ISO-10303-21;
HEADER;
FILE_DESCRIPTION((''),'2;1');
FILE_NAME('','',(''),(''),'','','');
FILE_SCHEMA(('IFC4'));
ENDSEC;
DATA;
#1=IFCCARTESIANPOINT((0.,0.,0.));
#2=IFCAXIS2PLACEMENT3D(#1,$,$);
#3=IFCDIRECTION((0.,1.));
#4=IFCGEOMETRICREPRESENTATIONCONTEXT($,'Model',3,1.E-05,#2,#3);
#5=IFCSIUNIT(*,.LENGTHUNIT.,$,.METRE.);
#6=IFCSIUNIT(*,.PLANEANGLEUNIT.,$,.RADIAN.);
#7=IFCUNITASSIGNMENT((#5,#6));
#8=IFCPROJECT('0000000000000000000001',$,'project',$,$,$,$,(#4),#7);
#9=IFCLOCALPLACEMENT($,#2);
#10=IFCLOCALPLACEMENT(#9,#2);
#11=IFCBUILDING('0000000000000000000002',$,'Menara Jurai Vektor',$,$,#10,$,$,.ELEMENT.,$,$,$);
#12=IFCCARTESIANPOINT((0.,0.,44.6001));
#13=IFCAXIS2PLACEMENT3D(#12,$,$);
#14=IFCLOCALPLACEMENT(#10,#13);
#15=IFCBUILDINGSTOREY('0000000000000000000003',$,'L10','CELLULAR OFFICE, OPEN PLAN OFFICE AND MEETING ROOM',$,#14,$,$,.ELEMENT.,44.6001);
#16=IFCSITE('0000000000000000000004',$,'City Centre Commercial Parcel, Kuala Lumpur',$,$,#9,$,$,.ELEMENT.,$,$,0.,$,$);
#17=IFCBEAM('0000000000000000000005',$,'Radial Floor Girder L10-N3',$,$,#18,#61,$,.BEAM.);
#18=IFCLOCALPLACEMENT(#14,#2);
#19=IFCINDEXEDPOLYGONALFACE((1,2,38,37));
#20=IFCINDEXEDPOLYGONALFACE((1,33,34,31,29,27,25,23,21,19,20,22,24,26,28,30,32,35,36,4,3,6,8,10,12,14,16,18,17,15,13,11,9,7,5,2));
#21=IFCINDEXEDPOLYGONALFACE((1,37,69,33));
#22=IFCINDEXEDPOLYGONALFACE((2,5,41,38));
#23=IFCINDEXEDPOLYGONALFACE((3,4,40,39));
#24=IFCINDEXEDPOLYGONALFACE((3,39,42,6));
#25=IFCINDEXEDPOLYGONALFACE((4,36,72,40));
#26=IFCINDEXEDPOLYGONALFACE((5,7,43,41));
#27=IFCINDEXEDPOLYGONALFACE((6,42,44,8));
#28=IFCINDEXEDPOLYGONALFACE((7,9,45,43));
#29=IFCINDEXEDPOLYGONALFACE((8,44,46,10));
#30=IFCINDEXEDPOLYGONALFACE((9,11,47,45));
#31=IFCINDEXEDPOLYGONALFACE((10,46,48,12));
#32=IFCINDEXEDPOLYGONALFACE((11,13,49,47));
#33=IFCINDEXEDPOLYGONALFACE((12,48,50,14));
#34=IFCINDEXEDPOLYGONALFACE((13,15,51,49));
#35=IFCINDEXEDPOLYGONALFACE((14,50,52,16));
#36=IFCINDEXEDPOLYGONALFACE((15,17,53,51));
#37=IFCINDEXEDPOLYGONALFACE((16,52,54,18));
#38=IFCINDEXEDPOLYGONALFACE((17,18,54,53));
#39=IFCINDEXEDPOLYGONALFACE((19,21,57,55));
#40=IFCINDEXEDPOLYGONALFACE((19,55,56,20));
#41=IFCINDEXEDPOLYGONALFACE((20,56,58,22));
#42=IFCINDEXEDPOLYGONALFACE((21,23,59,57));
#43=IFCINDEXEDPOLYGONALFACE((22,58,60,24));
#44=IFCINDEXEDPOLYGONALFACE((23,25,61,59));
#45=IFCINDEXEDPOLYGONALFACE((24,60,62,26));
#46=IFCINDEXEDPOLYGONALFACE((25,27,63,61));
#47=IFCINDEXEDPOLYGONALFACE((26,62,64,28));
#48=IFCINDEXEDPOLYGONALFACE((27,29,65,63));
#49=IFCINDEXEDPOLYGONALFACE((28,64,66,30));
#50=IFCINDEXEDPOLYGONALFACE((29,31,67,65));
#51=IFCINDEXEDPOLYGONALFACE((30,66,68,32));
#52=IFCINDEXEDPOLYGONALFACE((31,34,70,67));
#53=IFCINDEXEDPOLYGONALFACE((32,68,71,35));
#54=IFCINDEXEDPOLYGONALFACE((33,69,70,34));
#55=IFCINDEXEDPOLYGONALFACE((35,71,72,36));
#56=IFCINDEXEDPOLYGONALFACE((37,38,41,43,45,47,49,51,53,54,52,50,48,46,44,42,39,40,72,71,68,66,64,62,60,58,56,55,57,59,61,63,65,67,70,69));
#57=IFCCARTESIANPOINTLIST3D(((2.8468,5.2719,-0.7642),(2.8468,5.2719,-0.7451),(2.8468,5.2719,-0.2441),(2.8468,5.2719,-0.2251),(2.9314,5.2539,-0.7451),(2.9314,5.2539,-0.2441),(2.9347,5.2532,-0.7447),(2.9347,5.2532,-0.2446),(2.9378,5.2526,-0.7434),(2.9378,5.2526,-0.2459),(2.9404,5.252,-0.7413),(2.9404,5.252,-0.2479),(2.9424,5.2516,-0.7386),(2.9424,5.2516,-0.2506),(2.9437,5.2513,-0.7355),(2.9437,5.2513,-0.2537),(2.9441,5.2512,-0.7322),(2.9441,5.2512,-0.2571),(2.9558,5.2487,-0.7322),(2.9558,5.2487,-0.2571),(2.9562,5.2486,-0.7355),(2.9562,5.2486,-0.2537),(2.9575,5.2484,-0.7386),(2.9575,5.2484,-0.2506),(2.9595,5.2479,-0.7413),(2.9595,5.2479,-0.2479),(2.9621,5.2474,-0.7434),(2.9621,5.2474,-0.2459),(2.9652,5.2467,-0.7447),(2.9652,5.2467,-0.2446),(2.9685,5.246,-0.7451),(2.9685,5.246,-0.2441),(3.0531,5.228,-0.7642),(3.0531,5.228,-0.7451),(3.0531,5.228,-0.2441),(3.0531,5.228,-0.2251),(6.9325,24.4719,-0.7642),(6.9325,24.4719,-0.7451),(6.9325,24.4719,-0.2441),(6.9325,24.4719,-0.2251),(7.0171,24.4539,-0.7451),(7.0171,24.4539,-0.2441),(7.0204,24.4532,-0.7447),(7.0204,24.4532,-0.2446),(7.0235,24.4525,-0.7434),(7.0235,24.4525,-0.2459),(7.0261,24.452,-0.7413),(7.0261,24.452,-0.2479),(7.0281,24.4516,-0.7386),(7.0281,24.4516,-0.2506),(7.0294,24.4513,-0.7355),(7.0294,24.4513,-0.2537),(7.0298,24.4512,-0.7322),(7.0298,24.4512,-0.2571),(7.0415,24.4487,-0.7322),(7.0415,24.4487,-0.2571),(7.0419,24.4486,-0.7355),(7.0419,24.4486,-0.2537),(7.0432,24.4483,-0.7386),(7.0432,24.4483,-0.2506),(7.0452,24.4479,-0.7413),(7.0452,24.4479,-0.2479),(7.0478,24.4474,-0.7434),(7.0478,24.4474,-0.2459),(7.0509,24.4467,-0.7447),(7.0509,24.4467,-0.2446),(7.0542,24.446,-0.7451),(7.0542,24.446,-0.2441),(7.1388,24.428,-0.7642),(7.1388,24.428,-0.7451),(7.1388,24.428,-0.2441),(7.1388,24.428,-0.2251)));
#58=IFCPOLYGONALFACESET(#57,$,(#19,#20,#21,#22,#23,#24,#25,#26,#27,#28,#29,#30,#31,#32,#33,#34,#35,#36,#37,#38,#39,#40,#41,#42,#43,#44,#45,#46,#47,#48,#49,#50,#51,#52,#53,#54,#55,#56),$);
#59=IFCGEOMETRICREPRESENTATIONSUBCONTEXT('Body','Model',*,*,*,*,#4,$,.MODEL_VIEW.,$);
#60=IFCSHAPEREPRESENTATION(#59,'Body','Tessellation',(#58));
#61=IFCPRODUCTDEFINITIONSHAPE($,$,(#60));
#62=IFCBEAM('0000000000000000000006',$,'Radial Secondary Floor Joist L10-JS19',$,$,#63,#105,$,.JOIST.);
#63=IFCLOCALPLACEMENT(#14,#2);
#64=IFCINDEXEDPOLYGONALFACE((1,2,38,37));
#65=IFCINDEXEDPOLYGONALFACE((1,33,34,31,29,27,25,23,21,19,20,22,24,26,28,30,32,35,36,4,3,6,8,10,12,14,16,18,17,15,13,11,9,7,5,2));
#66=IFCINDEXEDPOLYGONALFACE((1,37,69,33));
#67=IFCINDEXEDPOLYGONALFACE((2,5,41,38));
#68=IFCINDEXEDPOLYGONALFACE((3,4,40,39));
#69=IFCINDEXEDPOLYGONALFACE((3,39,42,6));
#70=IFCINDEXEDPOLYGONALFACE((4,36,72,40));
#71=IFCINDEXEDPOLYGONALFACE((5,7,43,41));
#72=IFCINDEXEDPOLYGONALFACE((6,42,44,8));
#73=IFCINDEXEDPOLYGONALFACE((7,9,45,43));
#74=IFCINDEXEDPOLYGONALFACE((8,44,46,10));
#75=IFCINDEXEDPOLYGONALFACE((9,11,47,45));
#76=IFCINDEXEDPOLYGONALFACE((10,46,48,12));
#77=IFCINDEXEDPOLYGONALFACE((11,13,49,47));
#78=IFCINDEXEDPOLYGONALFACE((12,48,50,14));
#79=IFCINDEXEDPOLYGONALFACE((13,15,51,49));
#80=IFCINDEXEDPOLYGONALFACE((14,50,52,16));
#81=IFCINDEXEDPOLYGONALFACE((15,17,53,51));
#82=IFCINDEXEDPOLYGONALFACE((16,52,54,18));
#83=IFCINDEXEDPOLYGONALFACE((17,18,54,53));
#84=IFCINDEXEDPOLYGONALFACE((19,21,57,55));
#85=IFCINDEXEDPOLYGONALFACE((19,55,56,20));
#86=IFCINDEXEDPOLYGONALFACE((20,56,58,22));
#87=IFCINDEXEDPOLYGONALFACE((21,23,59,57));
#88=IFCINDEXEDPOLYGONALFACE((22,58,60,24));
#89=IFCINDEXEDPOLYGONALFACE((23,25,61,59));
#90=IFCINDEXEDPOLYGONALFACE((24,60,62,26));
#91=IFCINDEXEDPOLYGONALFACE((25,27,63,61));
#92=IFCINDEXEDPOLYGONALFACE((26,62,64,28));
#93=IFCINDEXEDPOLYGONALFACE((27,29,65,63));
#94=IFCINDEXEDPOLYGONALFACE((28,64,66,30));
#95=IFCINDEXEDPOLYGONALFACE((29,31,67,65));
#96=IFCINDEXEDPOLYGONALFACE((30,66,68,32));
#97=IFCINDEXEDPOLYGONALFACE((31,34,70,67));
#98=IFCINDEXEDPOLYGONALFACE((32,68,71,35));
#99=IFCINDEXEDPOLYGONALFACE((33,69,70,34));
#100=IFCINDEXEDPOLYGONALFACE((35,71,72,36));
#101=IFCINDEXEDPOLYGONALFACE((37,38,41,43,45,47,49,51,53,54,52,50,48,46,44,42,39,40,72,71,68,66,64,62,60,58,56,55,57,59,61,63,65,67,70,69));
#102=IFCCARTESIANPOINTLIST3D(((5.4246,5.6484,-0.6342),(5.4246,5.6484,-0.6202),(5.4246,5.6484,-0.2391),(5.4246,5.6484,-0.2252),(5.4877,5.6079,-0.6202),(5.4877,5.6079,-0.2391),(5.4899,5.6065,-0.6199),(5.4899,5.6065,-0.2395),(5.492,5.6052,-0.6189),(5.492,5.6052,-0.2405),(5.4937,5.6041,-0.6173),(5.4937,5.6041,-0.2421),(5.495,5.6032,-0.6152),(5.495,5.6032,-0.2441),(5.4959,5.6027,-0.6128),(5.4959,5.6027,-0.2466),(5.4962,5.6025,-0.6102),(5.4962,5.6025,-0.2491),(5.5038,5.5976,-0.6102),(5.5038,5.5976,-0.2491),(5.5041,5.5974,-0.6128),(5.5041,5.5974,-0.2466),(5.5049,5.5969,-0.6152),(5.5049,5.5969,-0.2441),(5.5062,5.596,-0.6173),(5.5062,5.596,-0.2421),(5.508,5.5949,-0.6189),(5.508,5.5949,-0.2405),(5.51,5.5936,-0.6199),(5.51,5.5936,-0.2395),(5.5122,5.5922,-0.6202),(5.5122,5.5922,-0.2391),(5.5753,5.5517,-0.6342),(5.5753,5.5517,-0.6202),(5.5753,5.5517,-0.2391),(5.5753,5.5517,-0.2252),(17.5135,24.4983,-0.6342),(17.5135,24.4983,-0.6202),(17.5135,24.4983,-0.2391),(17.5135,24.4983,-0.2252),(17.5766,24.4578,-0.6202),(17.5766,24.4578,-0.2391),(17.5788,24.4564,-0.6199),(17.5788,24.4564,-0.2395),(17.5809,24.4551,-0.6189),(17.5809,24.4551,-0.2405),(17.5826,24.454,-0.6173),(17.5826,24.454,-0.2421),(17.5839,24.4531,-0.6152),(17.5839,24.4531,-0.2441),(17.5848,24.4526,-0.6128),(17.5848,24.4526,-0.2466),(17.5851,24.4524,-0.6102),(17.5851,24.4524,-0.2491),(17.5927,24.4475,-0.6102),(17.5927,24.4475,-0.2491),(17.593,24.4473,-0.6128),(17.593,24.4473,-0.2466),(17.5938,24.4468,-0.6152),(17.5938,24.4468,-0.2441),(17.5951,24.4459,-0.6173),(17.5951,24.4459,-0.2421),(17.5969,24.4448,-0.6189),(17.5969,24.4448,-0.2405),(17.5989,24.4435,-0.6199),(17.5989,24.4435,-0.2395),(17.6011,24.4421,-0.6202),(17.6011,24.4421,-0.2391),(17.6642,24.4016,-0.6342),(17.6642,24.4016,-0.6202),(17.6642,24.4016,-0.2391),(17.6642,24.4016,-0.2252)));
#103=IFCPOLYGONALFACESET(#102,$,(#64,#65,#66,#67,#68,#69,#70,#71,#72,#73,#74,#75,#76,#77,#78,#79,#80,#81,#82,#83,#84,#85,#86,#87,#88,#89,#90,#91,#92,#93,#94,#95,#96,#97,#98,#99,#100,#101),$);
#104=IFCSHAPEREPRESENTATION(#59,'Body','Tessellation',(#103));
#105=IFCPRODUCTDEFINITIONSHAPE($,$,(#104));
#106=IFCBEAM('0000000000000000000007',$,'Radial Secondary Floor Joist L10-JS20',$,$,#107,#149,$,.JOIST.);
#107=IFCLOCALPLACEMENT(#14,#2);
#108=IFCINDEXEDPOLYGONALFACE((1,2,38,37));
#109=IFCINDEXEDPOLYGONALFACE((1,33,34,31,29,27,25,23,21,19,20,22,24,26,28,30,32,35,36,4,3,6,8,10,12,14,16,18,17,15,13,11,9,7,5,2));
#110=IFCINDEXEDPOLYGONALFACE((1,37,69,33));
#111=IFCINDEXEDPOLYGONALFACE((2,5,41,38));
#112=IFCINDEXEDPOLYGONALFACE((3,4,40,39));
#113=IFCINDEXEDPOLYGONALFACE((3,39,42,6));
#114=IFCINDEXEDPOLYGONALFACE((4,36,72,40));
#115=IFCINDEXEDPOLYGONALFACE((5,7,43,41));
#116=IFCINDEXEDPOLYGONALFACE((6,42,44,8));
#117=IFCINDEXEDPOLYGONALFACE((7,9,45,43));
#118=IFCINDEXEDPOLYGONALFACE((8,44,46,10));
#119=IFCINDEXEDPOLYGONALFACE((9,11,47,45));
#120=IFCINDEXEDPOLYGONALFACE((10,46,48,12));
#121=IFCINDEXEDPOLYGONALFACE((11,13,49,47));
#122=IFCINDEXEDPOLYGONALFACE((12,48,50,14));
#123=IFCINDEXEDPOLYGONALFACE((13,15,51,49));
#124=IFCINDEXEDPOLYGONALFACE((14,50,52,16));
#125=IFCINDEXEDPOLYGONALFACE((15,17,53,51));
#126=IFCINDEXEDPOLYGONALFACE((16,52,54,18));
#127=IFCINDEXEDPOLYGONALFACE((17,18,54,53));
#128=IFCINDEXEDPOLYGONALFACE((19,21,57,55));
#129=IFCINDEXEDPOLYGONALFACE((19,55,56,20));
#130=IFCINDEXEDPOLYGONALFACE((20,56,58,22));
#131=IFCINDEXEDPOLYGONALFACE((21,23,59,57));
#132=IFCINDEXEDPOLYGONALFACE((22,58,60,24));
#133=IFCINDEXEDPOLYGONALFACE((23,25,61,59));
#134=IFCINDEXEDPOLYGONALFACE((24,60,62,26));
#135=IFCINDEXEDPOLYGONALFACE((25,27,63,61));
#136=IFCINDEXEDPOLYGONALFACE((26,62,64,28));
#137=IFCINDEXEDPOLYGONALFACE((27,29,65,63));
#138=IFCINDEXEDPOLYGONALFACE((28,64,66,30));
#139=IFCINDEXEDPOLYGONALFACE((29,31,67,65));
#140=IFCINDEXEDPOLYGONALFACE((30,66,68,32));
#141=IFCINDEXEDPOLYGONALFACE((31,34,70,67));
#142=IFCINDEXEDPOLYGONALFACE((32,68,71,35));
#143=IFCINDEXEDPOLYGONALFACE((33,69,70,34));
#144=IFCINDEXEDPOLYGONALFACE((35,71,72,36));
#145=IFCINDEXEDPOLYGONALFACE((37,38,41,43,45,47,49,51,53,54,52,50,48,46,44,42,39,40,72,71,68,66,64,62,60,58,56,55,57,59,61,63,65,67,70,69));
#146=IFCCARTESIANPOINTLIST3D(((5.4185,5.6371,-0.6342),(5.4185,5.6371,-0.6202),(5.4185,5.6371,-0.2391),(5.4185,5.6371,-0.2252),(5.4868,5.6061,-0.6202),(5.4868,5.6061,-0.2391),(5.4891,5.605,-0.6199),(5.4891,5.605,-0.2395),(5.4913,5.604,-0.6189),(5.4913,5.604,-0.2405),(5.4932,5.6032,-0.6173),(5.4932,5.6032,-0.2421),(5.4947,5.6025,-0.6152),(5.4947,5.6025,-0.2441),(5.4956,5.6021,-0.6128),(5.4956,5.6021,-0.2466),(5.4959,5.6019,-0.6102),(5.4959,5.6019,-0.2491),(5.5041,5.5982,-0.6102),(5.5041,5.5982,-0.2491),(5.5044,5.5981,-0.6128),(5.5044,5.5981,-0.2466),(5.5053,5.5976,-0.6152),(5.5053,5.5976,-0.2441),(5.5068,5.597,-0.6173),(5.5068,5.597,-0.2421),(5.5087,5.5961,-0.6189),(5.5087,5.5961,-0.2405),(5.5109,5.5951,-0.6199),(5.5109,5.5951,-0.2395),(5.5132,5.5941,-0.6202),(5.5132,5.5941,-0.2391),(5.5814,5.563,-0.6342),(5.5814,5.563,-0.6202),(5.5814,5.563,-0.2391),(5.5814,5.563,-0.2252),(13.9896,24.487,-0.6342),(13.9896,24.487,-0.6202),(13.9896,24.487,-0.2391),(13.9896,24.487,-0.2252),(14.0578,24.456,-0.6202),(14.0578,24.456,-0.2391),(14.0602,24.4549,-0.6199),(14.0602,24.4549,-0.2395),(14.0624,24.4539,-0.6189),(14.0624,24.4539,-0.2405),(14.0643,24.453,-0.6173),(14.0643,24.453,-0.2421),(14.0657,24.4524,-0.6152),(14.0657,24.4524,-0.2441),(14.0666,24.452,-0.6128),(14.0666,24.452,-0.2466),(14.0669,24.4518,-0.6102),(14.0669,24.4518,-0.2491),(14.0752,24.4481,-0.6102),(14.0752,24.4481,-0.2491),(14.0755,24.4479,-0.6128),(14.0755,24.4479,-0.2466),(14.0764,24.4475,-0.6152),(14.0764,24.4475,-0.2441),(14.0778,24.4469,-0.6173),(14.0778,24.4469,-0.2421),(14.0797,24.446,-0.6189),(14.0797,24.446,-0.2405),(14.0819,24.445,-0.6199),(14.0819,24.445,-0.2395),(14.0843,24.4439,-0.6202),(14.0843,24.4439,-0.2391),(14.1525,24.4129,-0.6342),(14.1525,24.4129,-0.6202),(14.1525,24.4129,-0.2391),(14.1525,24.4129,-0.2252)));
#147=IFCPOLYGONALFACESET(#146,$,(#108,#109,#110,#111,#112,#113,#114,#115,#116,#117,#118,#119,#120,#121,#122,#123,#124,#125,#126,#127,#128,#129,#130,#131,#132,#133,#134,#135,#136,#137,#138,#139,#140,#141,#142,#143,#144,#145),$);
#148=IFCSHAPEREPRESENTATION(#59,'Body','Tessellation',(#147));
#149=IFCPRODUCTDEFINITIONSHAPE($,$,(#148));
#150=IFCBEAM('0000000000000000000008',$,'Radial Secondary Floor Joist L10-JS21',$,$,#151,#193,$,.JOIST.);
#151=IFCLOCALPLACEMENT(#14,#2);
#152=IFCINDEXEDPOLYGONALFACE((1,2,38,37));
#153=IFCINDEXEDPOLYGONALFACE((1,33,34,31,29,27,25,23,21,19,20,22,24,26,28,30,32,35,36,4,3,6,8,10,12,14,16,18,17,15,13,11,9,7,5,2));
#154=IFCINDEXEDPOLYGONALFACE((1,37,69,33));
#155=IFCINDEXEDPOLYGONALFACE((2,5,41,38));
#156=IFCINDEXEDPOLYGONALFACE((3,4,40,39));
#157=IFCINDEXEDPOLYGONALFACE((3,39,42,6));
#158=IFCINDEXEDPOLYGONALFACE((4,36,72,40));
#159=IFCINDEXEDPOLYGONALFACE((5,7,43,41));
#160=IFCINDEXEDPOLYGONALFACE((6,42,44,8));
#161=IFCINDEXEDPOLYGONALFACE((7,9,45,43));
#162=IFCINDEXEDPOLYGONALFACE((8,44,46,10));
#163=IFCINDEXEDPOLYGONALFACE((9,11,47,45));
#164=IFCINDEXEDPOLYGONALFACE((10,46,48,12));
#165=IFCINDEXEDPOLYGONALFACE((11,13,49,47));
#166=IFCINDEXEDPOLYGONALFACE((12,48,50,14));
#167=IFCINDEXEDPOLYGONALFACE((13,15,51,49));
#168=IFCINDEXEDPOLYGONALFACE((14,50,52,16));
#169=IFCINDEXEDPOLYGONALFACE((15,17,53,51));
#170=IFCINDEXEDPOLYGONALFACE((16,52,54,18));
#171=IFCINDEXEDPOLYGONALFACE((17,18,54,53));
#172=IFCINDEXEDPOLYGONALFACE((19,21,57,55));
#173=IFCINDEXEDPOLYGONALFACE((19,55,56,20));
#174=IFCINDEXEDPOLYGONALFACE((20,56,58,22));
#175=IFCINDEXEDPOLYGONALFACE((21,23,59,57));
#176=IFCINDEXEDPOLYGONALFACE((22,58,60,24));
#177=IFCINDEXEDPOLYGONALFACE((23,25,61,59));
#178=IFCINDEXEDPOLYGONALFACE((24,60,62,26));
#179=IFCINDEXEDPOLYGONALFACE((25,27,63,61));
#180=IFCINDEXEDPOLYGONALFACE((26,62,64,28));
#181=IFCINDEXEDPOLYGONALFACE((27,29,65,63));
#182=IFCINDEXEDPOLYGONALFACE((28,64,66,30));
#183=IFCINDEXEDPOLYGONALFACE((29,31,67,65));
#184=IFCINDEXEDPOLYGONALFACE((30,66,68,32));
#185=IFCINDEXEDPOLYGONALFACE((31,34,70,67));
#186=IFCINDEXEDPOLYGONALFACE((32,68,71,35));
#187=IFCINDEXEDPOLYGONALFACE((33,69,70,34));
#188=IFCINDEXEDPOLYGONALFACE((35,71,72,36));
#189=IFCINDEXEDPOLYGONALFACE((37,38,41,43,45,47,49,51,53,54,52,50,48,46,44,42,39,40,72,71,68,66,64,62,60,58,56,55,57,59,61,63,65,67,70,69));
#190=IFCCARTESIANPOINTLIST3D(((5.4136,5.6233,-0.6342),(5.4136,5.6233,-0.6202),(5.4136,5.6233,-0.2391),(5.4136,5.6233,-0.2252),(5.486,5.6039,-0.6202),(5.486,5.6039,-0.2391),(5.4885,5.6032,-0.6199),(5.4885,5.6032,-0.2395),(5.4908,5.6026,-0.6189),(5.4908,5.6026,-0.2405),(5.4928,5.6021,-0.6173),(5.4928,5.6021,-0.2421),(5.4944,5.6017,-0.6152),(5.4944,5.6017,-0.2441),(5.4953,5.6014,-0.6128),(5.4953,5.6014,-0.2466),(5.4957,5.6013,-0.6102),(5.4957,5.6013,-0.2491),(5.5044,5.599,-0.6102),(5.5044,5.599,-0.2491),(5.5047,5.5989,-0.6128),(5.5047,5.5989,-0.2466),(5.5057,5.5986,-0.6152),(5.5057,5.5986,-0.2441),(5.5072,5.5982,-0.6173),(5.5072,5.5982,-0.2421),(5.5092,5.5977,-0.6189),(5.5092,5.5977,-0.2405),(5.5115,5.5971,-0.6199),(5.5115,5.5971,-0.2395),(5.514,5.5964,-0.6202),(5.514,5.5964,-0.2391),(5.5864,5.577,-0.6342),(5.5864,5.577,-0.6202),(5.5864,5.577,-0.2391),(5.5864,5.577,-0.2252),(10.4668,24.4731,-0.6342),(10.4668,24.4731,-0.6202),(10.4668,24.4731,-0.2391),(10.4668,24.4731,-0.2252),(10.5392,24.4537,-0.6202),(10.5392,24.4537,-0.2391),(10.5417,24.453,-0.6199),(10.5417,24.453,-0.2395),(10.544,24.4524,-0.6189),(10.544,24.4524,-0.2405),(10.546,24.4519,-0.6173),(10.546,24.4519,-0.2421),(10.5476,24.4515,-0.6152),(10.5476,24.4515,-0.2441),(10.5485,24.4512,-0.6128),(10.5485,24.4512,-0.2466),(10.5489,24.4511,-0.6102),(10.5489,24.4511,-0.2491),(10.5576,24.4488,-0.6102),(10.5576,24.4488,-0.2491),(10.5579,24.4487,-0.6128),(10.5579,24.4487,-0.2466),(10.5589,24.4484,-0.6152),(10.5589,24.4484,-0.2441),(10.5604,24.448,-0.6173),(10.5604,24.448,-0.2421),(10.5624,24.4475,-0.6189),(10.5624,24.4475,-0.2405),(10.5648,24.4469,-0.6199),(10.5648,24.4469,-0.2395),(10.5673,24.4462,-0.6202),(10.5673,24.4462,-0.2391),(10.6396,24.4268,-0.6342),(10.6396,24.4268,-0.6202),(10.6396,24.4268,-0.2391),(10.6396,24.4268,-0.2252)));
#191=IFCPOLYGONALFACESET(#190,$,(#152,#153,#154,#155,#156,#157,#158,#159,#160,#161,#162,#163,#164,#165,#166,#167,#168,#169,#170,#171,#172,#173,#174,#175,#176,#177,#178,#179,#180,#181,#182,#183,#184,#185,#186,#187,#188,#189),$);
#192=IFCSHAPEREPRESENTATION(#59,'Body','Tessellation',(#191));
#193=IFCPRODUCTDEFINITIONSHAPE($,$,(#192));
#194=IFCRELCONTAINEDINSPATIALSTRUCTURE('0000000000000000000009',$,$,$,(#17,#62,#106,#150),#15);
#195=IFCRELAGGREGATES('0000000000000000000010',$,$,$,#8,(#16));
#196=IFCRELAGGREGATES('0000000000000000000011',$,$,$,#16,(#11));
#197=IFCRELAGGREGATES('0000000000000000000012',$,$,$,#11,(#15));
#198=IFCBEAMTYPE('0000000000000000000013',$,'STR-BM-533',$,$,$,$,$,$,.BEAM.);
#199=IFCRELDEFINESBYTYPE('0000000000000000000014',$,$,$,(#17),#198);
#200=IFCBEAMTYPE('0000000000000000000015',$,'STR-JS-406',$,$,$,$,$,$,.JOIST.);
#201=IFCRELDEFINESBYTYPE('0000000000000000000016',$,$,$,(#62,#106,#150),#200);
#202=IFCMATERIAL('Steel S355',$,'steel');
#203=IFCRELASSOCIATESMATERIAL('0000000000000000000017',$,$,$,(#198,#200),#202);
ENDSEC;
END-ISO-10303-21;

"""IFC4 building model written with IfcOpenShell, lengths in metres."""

from ifc_helpers import new_model, si_unit, direction, frame, origin, origin_2d, place, context, subcontext, project, spatial, i_section, extrude, material, material_profile, profile_set, type_object, element, save


model = new_model("IFC4")

# Units and contexts
model_context = context("Model", 3, precision=1e-05, world=origin(), true_north=direction((0.0, 1.0)))
body_context = subcontext(model_context, "Body", "Model", "MODEL_VIEW")
ifc_project = project(units=[si_unit("LENGTHUNIT", "METRE"), si_unit("PLANEANGLEUNIT", "RADIAN")], contexts=[model_context])

# Site, building, storey
site_placement = place(None, origin())
site = spatial("IfcSite", under=ifc_project, at=site_placement, Name="City Centre Commercial Parcel, Kuala Lumpur", CompositionType="ELEMENT", RefElevation=0.0)
building_placement = place(site_placement, origin())
building = spatial("IfcBuilding", under=site, at=building_placement, Name="Menara Jurai Vektor", CompositionType="ELEMENT")
storey_placement = place(building_placement, frame((0.0, 0.0, 44.6001)))
storey = spatial("IfcBuildingStorey", under=building, at=storey_placement, Name="L10", Description="CELLULAR OFFICE, OPEN PLAN OFFICE AND MEETING ROOM", CompositionType="ELEMENT", Elevation=44.6001)

# Beams
ifc_material_1 = material(Name="Steel S355", Category="steel")
ifc_material_profile_1 = material_profile(ifc_material_1, i_section(OverallWidth=0.2109, OverallDepth=0.5391, WebThickness=0.012, FlangeThickness=0.019, FilletRadius=0.0129, at=origin_2d()), Name="UKB 533x210x109")
ifc_profile_set_1 = profile_set([ifc_material_profile_1], Name="Steel S355")
beam_type_1 = type_object("IfcBeamType", Name="STR-BM-533", PredefinedType="BEAM", material=ifc_profile_set_1)
beam_1_placement = place(storey_placement, frame((7.0356, 24.45, -0.4946), z_axis=(-0.208137, -0.9781, 0.0), x_axis=(0.9781, -0.208137, 0.0)))
element("IfcBeam", 1, at=beam_1_placement, inside=storey, type_object=beam_type_1, Name="Radial Floor Girder L10-N3", PredefinedType="BEAM", context=body_context, shape_type="SweptSolid", body=[
    extrude(i_section(OverallWidth=0.2109, OverallDepth=0.5391, WebThickness=0.012, FlangeThickness=0.019, FilletRadius=0.0129, at=origin_2d()), origin(), (0.0, 0.0, 1.0), 19.6299),
])
ifc_material_profile_2 = material_profile(ifc_material_1, i_section(OverallWidth=0.179, OverallDepth=0.4089, WebThickness=0.009, FlangeThickness=0.0139, FilletRadius=0.01, at=origin_2d()), Name="UKB 406x178x67")
ifc_profile_set_2 = profile_set([ifc_material_profile_2], Name="Steel S355")
beam_type_2 = type_object("IfcBeamType", Name="STR-JS-406", PredefinedType="JOIST", material=ifc_profile_set_2)
beam_2_placement = place(storey_placement, frame((17.5889, 24.45, -0.4297), z_axis=(-0.539844, -0.841765, 0.0), x_axis=(0.841765, -0.539844, 0.0)))
element("IfcBeam", 2, at=beam_2_placement, inside=storey, type_object=beam_type_2, Name="Radial Secondary Floor Joist L10-JS19", PredefinedType="JOIST", context=body_context, shape_type="SweptSolid", body=[
    extrude(i_section(OverallWidth=0.179, OverallDepth=0.4089, WebThickness=0.009, FlangeThickness=0.0139, FilletRadius=0.01, at=origin_2d()), origin(), (0.0, 0.0, 1.0), 22.3933),
])
beam_3_placement = place(storey_placement, frame((14.071, 24.45, -0.4297), z_axis=(-0.41392, -0.910313, 0.0), x_axis=(0.910313, -0.41392, 0.0)))
element("IfcBeam", 3, at=beam_3_placement, inside=storey, type_object=beam_type_2, Name="Radial Secondary Floor Joist L10-JS20", PredefinedType="JOIST", context=body_context, shape_type="SweptSolid", body=[
    extrude(i_section(OverallWidth=0.179, OverallDepth=0.4089, WebThickness=0.009, FlangeThickness=0.0139, FilletRadius=0.01, at=origin_2d()), origin(), (0.0, 0.0, 1.0), 20.707),
])
beam_4_placement = place(storey_placement, frame((10.5532, 24.45, -0.4297), z_axis=(-0.258935, -0.965895, 0.0), x_axis=(0.965895, -0.258935, 0.0)))
element("IfcBeam", 4, at=beam_4_placement, inside=storey, type_object=beam_type_2, Name="Radial Secondary Floor Joist L10-JS21", PredefinedType="JOIST", context=body_context, shape_type="SweptSolid", body=[
    extrude(i_section(OverallWidth=0.179, OverallDepth=0.4089, WebThickness=0.009, FlangeThickness=0.0139, FilletRadius=0.01, at=origin_2d()), origin(), (0.0, 0.0, 1.0), 19.5154),
])

save(model, "model.ifc")
